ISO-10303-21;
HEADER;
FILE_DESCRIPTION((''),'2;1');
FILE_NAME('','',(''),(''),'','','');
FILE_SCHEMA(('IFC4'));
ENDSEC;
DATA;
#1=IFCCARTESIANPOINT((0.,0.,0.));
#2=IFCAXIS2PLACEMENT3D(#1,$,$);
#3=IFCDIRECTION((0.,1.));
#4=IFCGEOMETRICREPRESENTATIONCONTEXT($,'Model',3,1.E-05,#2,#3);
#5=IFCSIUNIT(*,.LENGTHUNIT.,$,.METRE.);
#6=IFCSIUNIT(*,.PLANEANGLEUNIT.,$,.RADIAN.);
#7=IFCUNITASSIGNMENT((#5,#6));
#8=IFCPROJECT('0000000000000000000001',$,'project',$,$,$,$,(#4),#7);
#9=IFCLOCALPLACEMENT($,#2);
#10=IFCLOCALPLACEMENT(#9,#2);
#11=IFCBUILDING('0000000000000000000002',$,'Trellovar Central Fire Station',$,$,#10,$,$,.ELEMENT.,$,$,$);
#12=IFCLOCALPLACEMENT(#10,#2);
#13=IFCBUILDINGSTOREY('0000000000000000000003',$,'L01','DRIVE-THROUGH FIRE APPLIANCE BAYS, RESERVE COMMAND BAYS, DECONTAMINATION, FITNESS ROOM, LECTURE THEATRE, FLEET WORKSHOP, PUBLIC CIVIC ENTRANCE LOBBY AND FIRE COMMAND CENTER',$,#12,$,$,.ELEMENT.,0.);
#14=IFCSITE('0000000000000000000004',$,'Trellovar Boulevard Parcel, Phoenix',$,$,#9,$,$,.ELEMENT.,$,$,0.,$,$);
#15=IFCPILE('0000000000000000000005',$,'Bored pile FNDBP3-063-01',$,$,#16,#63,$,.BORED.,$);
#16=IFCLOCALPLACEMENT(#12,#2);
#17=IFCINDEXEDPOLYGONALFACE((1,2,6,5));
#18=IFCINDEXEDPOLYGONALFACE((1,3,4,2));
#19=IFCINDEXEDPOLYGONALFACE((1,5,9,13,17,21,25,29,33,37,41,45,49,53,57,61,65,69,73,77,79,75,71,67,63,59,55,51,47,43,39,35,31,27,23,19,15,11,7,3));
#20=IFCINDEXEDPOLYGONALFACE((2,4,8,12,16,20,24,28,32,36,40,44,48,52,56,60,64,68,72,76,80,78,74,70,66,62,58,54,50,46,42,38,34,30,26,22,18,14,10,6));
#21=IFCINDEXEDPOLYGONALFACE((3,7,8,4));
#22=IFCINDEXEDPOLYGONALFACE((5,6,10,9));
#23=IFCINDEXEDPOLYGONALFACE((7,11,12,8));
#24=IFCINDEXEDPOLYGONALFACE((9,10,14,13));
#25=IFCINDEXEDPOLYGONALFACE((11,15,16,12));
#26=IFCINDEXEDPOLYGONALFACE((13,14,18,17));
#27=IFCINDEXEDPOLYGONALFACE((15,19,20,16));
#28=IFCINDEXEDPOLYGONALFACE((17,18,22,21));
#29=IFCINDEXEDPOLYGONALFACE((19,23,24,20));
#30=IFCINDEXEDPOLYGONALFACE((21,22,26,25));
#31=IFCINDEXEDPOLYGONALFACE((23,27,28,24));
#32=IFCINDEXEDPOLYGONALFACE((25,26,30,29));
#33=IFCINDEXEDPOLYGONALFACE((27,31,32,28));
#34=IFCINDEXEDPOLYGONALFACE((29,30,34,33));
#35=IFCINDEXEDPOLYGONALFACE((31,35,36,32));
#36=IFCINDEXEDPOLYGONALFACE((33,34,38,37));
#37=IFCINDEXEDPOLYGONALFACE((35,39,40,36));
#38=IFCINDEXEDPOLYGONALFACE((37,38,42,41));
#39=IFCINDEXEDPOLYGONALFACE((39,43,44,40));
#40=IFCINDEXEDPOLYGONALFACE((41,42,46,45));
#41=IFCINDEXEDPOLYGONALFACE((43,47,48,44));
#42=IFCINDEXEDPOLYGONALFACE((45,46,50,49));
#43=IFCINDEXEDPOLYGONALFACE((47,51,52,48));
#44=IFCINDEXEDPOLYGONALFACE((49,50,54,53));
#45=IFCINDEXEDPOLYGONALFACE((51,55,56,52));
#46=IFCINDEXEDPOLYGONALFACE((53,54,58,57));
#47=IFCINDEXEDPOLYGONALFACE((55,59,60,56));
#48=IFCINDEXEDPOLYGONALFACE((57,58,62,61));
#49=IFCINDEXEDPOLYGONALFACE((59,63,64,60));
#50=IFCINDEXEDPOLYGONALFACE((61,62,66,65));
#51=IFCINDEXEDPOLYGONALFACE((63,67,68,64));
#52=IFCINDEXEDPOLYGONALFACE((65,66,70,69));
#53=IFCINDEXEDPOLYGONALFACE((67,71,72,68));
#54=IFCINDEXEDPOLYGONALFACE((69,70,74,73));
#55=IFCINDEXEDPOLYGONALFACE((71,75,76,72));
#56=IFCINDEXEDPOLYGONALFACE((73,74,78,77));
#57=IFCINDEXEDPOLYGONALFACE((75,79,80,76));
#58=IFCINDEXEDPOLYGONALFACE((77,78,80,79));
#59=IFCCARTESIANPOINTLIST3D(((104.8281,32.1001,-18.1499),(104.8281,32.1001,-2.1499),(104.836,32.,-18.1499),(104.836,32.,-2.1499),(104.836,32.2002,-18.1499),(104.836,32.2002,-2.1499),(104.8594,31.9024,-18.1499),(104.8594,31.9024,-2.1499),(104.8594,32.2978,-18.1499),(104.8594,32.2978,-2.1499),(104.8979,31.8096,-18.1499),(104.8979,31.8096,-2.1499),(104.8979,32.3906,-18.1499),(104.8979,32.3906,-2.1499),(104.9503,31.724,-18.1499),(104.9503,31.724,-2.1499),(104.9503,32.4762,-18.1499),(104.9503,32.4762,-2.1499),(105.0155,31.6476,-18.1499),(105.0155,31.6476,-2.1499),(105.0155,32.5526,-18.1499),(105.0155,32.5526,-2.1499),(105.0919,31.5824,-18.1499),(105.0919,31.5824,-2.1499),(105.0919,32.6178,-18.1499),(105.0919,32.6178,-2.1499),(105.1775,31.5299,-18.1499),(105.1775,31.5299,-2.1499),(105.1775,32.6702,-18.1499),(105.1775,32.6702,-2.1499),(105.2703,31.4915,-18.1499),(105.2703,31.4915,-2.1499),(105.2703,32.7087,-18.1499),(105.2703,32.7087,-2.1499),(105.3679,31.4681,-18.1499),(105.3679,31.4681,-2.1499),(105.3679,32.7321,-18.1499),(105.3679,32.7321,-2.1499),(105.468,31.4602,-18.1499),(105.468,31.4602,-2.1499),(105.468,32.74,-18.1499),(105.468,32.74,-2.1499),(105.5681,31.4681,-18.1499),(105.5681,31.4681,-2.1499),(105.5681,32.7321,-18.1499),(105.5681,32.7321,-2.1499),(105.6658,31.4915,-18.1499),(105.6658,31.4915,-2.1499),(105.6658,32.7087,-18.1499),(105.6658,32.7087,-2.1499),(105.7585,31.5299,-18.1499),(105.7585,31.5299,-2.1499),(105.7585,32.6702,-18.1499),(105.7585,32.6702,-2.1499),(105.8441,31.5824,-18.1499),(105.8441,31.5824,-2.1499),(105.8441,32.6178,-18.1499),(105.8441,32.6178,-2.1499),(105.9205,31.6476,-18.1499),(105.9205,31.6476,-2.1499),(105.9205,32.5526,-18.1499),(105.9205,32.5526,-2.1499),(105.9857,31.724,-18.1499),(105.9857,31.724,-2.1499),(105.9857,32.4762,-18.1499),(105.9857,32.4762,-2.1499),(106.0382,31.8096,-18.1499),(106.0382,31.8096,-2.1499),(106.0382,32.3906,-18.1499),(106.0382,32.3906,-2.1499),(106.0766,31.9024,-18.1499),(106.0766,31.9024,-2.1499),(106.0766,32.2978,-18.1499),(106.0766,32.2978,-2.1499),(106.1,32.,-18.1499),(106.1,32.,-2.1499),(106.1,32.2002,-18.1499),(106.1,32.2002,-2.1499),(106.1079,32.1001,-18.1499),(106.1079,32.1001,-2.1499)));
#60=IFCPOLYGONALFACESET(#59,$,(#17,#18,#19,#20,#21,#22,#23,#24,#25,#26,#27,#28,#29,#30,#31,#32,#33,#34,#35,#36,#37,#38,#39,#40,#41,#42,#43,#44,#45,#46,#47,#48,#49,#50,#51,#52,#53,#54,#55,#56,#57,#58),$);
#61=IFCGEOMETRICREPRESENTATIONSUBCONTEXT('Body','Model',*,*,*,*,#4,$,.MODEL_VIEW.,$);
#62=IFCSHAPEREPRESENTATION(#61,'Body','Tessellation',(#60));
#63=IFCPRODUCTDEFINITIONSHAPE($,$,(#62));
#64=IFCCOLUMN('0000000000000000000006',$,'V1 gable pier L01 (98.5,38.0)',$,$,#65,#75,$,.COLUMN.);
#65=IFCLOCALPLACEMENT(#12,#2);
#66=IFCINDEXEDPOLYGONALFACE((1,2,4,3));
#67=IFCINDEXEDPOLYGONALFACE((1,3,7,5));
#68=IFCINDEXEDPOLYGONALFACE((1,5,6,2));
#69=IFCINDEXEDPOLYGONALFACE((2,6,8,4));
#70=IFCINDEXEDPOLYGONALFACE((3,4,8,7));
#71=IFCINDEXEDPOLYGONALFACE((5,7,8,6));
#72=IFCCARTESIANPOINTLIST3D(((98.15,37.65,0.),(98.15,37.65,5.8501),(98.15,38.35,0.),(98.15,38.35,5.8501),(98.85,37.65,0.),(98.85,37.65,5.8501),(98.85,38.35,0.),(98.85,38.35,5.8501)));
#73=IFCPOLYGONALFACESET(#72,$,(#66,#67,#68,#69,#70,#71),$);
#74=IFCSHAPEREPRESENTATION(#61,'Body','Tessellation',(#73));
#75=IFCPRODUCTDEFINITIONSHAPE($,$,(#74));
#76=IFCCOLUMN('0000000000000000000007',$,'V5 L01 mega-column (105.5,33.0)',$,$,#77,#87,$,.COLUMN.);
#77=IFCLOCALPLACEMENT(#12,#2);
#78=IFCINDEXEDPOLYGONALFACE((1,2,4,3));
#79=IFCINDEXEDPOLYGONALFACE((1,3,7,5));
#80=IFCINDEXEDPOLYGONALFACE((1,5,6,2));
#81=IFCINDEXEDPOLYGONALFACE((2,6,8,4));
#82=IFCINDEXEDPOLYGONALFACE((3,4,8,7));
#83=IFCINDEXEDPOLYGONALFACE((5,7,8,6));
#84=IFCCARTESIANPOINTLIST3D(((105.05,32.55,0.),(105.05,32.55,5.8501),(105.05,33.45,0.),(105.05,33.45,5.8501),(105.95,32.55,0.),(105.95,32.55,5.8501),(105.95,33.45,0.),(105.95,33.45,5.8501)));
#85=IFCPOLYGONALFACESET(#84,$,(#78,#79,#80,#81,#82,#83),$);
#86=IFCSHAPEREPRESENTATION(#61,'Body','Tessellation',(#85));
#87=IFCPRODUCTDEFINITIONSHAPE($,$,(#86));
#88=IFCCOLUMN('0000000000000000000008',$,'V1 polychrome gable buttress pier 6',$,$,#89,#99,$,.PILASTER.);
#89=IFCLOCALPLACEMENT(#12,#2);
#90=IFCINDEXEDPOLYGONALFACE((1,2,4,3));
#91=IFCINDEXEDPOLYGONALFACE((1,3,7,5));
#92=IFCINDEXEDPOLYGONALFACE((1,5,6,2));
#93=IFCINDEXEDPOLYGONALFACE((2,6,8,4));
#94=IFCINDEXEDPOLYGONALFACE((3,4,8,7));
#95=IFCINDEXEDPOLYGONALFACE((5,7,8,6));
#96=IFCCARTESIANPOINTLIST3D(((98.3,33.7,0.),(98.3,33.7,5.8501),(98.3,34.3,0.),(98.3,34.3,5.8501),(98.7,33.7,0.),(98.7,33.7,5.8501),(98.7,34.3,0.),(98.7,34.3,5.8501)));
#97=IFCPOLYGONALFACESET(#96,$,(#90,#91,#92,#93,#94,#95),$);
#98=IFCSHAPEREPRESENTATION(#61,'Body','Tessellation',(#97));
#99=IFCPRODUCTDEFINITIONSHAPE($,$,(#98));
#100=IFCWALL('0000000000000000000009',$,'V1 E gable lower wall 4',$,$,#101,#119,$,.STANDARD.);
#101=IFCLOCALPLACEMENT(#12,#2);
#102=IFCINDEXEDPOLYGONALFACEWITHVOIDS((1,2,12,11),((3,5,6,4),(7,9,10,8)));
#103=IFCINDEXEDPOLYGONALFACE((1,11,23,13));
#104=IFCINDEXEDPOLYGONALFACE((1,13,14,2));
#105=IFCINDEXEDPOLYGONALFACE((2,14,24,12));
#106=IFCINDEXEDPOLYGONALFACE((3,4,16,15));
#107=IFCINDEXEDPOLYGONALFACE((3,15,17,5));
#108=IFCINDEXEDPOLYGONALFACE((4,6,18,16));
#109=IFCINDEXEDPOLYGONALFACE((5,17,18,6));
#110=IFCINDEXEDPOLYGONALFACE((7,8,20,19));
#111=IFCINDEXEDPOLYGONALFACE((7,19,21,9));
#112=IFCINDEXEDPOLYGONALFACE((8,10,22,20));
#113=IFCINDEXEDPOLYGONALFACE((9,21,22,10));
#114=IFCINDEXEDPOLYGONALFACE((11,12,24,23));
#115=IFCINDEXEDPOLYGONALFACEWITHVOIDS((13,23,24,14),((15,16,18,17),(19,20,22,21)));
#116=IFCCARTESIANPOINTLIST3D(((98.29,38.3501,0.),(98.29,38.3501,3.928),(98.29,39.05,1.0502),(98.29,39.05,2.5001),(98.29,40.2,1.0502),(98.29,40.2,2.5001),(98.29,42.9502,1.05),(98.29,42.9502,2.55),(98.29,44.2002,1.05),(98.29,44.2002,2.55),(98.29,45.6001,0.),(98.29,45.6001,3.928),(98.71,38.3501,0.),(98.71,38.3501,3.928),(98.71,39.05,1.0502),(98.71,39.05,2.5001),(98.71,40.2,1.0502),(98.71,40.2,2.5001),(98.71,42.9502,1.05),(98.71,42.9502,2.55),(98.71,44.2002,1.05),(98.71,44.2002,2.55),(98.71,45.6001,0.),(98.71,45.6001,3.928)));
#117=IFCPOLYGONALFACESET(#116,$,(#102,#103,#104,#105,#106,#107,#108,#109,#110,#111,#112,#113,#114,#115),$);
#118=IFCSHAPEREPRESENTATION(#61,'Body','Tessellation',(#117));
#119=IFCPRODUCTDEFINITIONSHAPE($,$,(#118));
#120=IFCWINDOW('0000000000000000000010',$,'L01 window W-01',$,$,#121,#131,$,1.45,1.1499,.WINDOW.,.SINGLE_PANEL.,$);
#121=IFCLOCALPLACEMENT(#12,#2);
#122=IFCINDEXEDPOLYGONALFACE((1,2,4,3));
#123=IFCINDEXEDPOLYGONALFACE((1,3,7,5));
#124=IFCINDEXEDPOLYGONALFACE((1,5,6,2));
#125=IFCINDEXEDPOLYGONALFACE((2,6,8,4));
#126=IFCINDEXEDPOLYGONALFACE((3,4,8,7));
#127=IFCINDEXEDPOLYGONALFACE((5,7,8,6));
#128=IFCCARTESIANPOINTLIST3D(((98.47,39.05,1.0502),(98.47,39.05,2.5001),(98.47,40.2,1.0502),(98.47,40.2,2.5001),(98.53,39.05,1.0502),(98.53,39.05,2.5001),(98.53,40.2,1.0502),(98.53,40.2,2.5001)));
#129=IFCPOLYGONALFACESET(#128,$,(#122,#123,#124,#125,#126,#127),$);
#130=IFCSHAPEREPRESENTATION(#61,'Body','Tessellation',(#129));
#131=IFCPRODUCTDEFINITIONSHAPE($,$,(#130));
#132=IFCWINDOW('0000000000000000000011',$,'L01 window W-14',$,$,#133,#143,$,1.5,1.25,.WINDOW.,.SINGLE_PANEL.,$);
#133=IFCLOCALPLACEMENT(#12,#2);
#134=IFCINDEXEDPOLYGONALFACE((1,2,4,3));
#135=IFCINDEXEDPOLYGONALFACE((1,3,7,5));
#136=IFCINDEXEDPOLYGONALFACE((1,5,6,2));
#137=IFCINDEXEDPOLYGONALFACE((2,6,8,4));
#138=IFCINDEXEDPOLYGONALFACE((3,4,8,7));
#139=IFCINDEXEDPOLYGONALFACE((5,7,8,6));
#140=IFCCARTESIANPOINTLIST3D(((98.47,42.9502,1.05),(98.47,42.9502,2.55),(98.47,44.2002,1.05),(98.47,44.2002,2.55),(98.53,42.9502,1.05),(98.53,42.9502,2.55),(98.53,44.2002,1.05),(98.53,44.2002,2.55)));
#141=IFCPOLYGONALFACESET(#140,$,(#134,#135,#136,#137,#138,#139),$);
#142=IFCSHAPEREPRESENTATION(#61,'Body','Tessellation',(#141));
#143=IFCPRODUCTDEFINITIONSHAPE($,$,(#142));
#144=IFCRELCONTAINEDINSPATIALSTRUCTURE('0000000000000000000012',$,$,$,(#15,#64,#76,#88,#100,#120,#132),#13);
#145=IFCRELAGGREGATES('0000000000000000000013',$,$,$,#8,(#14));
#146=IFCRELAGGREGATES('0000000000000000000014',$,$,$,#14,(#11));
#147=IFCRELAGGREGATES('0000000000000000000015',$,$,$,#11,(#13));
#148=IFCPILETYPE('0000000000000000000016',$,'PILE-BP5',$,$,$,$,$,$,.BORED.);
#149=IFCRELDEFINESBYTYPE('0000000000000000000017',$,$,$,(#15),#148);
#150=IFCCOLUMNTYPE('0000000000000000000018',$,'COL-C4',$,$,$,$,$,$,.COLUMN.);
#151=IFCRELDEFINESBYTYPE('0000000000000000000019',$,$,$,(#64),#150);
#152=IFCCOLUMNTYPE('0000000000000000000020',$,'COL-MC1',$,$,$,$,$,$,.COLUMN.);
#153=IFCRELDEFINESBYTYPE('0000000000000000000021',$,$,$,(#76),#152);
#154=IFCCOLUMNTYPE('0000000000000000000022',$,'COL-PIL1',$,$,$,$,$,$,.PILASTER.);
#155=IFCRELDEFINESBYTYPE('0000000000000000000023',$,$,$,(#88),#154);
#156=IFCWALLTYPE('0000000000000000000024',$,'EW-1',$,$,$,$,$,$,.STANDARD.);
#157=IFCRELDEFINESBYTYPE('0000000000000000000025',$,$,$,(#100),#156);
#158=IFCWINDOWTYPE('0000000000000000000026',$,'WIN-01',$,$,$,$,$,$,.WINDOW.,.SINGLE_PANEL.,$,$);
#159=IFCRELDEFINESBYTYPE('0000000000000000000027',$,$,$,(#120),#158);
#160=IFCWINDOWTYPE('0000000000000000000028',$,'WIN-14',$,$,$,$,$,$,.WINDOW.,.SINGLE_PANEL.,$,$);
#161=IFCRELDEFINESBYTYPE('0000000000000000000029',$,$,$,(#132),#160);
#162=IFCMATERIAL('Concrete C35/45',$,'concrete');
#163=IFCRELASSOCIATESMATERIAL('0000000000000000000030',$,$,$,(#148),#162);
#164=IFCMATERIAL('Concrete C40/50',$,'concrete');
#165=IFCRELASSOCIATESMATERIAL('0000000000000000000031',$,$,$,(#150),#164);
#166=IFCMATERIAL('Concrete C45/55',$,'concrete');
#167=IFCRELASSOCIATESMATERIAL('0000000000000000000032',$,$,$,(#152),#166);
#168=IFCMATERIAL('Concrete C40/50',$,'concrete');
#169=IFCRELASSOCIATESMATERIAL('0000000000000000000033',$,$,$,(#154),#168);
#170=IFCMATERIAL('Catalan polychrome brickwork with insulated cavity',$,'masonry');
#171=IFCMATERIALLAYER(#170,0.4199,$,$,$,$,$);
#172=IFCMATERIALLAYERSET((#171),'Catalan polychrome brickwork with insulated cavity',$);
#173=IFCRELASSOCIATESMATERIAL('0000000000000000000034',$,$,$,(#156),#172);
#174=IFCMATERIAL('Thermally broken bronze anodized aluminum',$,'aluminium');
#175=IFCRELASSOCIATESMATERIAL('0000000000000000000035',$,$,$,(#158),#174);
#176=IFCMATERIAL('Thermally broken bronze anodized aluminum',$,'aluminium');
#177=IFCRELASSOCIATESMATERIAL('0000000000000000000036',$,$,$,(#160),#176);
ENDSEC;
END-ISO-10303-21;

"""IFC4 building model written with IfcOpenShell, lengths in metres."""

from ifc_helpers import new_model, si_unit, direction, frame, frame_2d, origin, origin_2d, place, context, subcontext, project, spatial, rectangle, circle, extrude, material, layer, layer_set, material_profile, profile_set, type_object, element, fill, save


model = new_model("IFC4")

# Units and contexts
model_context = context("Model", 3, precision=1e-05, world=origin(), true_north=direction((0.0, 1.0)))
body_context = subcontext(model_context, "Body", "Model", "MODEL_VIEW")
ifc_project = project(units=[si_unit("LENGTHUNIT", "METRE"), si_unit("PLANEANGLEUNIT", "RADIAN")], contexts=[model_context])

# Site, building, storey
site_placement = place(None, origin())
site = spatial("IfcSite", under=ifc_project, at=site_placement, Name="Trellovar Boulevard Parcel, Phoenix", CompositionType="ELEMENT", RefElevation=0.0)
building_placement = place(site_placement, origin())
building = spatial("IfcBuilding", under=site, at=building_placement, Name="Trellovar Central Fire Station", CompositionType="ELEMENT")
storey_placement = place(building_placement, origin())
storey = spatial("IfcBuildingStorey", under=building, at=storey_placement, Name="L01", Description="DRIVE-THROUGH FIRE APPLIANCE BAYS, RESERVE COMMAND BAYS, DECONTAMINATION, FITNESS ROOM, LECTURE THEATRE, FLEET WORKSHOP, PUBLIC CIVIC ENTRANCE LOBBY AND FIRE COMMAND CENTER", CompositionType="ELEMENT", Elevation=0.0)

# Pile
ifc_material_1 = material(Name="Concrete C35/45", Category="concrete")
ifc_material_profile_1 = material_profile(ifc_material_1, circle(Radius=0.6399, at=origin_2d()), Name="PILE1280")
ifc_profile_set_1 = profile_set([ifc_material_profile_1], Name="Concrete C35/45")
pile_type_1 = type_object("IfcPileType", Name="PILE-BP5", PredefinedType="BORED", material=ifc_profile_set_1)
pile_1_placement = place(storey_placement, frame((105.468, 32.1001, -2.1499), z_axis=(0.0, 0.0, -1.0), x_axis=(1.0, 0.0, 0.0)))
element("IfcPile", 1, at=pile_1_placement, inside=storey, type_object=pile_type_1, Name="Bored pile FNDBP3-063-01", PredefinedType="BORED", context=body_context, shape_type="SweptSolid", body=[
    extrude(circle(Radius=0.6399, at=origin_2d()), origin(), (0.0, 0.0, 1.0), 16.0),
])

# Columns
ifc_material_2 = material(Name="Concrete C40/50", Category="concrete")
ifc_material_profile_2 = material_profile(ifc_material_2, rectangle(XDim=0.7, YDim=0.7, at=origin_2d()), Name="RC700X700")
ifc_profile_set_2 = profile_set([ifc_material_profile_2], Name="Concrete C40/50")
column_type_1 = type_object("IfcColumnType", Name="COL-C4", PredefinedType="COLUMN", material=ifc_profile_set_2)
column_1_placement = place(storey_placement, frame((98.5, 38.0, 0.0), z_axis=(0.0, 0.0, 1.0), x_axis=(1.0, 0.0, 0.0)))
element("IfcColumn", 2, at=column_1_placement, inside=storey, type_object=column_type_1, Name="V1 gable pier L01 (98.5,38.0)", PredefinedType="COLUMN", context=body_context, shape_type="SweptSolid", body=[
    extrude(rectangle(XDim=0.7, YDim=0.7, at=origin_2d()), origin(), (0.0, 0.0, 1.0), 5.8501),
])
ifc_material_3 = material(Name="Concrete C45/55", Category="concrete")
ifc_material_profile_3 = material_profile(ifc_material_3, rectangle(XDim=0.8999, YDim=0.8999, at=origin_2d()), Name="RC900X900")
ifc_profile_set_3 = profile_set([ifc_material_profile_3], Name="Concrete C45/55")
column_type_2 = type_object("IfcColumnType", Name="COL-MC1", PredefinedType="COLUMN", material=ifc_profile_set_3)
column_2_placement = place(storey_placement, frame((105.5, 33.0, 0.0), z_axis=(0.0, 0.0, 1.0), x_axis=(1.0, 0.0, 0.0)))
element("IfcColumn", 3, at=column_2_placement, inside=storey, type_object=column_type_2, Name="V5 L01 mega-column (105.5,33.0)", PredefinedType="COLUMN", context=body_context, shape_type="SweptSolid", body=[
    extrude(rectangle(XDim=0.8999, YDim=0.8999, at=origin_2d()), origin(), (0.0, 0.0, 1.0), 5.8501),
])
ifc_material_4 = material(Name="Concrete C40/50", Category="concrete")
ifc_material_profile_4 = material_profile(ifc_material_4, rectangle(XDim=0.3999, YDim=0.6001, at=origin_2d()), Name="RC400X600")
ifc_profile_set_4 = profile_set([ifc_material_profile_4], Name="Concrete C40/50")
column_type_3 = type_object("IfcColumnType", Name="COL-PIL1", PredefinedType="PILASTER", material=ifc_profile_set_4)
column_3_placement = place(storey_placement, frame((98.5, 34.0, 0.0), z_axis=(0.0, 0.0, 1.0), x_axis=(1.0, 0.0, 0.0)))
element("IfcColumn", 4, at=column_3_placement, inside=storey, type_object=column_type_3, Name="V1 polychrome gable buttress pier 6", PredefinedType="PILASTER", context=body_context, shape_type="SweptSolid", body=[
    extrude(rectangle(XDim=0.3999, YDim=0.6001, at=origin_2d()), origin(), (0.0, 0.0, 1.0), 5.8501),
])

# Wall, openings, windows
ifc_material_5 = material(Name="Catalan polychrome brickwork with insulated cavity", Category="masonry")
ifc_layer_1 = layer(ifc_material_5, 0.4199)
ifc_layer_set_1 = layer_set([ifc_layer_1], Name="Catalan polychrome brickwork with insulated cavity")
wall_type_1 = type_object("IfcWallType", Name="EW-1", PredefinedType="STANDARD", material=ifc_layer_set_1)
wall_1_placement = place(storey_placement, frame((98.5, 38.3501, 0.0), z_axis=(0.0, 0.0, 1.0), x_axis=(0.0, 1.0, 0.0)))
wall_1 = element("IfcWall", 5, at=wall_1_placement, inside=storey, type_object=wall_type_1, Name="V1 E gable lower wall 4", PredefinedType="STANDARD", context=body_context, shape_type="SweptSolid", body=[
    extrude(rectangle(XDim=7.25, YDim=0.4199, at=frame_2d((3.625, 0.0))), origin(), (0.0, 0.0, 1.0), 3.928),
])
opening_1_placement = place(wall_1_placement, frame((0.7, 0.0, 1.05)))
opening_1 = element("IfcOpeningElement", 6, at=opening_1_placement, cuts=wall_1, PredefinedType="OPENING", context=body_context, shape_type="SweptSolid", body=[
    extrude(rectangle(XDim=1.1499, YDim=1.45, at=frame_2d((0.575, 0.7251))), frame((0.0, 0.22, 0.0), z_axis=(0.0, -1.0, 0.0), x_axis=(1.0, 0.0, 0.0)), (0.0, 0.0, 1.0), 0.4399),
])
opening_2_placement = place(wall_1_placement, frame((4.6001, 0.0, 1.05)))
opening_2 = element("IfcOpeningElement", 7, at=opening_2_placement, cuts=wall_1, PredefinedType="OPENING", context=body_context, shape_type="SweptSolid", body=[
    extrude(rectangle(XDim=1.25, YDim=1.5, at=frame_2d((0.625, 0.75))), frame((0.0, 0.22, 0.0), z_axis=(0.0, -1.0, 0.0), x_axis=(1.0, 0.0, 0.0)), (0.0, 0.0, 1.0), 0.4399),
])
ifc_material_6 = material(Name="Thermally broken bronze anodized aluminum", Category="aluminium")
window_type_1 = type_object("IfcWindowType", Name="WIN-01", PartitioningType="SINGLE_PANEL", PredefinedType="WINDOW", material=ifc_material_6)
window_1_placement = place(opening_1_placement, origin())
window_1 = element("IfcWindow", 8, at=window_1_placement, inside=storey, type_object=window_type_1, Name="L01 window W-01", OverallHeight=1.45, OverallWidth=1.1499, PartitioningType="SINGLE_PANEL", PredefinedType="WINDOW", context=body_context, shape_type="SweptSolid", body=[
    extrude(rectangle(XDim=1.1499, YDim=1.45, at=frame_2d((0.575, 0.7251))), frame((0.0, 0.03, 0.0), z_axis=(0.0, -1.0, 0.0), x_axis=(1.0, 0.0, 0.0)), (0.0, 0.0, 1.0), 0.0601),
])
fill(opening_1, window_1)
ifc_material_7 = material(Name="Thermally broken bronze anodized aluminum", Category="aluminium")
window_type_2 = type_object("IfcWindowType", Name="WIN-14", PartitioningType="SINGLE_PANEL", PredefinedType="WINDOW", material=ifc_material_7)
window_2_placement = place(opening_2_placement, origin())
window_2 = element("IfcWindow", 9, at=window_2_placement, inside=storey, type_object=window_type_2, Name="L01 window W-14", OverallHeight=1.5, OverallWidth=1.25, PartitioningType="SINGLE_PANEL", PredefinedType="WINDOW", context=body_context, shape_type="SweptSolid", body=[
    extrude(rectangle(XDim=1.25, YDim=1.5, at=frame_2d((0.625, 0.75))), frame((0.0, 0.03, 0.0), z_axis=(0.0, -1.0, 0.0), x_axis=(1.0, 0.0, 0.0)), (0.0, 0.0, 1.0), 0.0601),
])
fill(opening_2, window_2)

save(model, "model.ifc")
